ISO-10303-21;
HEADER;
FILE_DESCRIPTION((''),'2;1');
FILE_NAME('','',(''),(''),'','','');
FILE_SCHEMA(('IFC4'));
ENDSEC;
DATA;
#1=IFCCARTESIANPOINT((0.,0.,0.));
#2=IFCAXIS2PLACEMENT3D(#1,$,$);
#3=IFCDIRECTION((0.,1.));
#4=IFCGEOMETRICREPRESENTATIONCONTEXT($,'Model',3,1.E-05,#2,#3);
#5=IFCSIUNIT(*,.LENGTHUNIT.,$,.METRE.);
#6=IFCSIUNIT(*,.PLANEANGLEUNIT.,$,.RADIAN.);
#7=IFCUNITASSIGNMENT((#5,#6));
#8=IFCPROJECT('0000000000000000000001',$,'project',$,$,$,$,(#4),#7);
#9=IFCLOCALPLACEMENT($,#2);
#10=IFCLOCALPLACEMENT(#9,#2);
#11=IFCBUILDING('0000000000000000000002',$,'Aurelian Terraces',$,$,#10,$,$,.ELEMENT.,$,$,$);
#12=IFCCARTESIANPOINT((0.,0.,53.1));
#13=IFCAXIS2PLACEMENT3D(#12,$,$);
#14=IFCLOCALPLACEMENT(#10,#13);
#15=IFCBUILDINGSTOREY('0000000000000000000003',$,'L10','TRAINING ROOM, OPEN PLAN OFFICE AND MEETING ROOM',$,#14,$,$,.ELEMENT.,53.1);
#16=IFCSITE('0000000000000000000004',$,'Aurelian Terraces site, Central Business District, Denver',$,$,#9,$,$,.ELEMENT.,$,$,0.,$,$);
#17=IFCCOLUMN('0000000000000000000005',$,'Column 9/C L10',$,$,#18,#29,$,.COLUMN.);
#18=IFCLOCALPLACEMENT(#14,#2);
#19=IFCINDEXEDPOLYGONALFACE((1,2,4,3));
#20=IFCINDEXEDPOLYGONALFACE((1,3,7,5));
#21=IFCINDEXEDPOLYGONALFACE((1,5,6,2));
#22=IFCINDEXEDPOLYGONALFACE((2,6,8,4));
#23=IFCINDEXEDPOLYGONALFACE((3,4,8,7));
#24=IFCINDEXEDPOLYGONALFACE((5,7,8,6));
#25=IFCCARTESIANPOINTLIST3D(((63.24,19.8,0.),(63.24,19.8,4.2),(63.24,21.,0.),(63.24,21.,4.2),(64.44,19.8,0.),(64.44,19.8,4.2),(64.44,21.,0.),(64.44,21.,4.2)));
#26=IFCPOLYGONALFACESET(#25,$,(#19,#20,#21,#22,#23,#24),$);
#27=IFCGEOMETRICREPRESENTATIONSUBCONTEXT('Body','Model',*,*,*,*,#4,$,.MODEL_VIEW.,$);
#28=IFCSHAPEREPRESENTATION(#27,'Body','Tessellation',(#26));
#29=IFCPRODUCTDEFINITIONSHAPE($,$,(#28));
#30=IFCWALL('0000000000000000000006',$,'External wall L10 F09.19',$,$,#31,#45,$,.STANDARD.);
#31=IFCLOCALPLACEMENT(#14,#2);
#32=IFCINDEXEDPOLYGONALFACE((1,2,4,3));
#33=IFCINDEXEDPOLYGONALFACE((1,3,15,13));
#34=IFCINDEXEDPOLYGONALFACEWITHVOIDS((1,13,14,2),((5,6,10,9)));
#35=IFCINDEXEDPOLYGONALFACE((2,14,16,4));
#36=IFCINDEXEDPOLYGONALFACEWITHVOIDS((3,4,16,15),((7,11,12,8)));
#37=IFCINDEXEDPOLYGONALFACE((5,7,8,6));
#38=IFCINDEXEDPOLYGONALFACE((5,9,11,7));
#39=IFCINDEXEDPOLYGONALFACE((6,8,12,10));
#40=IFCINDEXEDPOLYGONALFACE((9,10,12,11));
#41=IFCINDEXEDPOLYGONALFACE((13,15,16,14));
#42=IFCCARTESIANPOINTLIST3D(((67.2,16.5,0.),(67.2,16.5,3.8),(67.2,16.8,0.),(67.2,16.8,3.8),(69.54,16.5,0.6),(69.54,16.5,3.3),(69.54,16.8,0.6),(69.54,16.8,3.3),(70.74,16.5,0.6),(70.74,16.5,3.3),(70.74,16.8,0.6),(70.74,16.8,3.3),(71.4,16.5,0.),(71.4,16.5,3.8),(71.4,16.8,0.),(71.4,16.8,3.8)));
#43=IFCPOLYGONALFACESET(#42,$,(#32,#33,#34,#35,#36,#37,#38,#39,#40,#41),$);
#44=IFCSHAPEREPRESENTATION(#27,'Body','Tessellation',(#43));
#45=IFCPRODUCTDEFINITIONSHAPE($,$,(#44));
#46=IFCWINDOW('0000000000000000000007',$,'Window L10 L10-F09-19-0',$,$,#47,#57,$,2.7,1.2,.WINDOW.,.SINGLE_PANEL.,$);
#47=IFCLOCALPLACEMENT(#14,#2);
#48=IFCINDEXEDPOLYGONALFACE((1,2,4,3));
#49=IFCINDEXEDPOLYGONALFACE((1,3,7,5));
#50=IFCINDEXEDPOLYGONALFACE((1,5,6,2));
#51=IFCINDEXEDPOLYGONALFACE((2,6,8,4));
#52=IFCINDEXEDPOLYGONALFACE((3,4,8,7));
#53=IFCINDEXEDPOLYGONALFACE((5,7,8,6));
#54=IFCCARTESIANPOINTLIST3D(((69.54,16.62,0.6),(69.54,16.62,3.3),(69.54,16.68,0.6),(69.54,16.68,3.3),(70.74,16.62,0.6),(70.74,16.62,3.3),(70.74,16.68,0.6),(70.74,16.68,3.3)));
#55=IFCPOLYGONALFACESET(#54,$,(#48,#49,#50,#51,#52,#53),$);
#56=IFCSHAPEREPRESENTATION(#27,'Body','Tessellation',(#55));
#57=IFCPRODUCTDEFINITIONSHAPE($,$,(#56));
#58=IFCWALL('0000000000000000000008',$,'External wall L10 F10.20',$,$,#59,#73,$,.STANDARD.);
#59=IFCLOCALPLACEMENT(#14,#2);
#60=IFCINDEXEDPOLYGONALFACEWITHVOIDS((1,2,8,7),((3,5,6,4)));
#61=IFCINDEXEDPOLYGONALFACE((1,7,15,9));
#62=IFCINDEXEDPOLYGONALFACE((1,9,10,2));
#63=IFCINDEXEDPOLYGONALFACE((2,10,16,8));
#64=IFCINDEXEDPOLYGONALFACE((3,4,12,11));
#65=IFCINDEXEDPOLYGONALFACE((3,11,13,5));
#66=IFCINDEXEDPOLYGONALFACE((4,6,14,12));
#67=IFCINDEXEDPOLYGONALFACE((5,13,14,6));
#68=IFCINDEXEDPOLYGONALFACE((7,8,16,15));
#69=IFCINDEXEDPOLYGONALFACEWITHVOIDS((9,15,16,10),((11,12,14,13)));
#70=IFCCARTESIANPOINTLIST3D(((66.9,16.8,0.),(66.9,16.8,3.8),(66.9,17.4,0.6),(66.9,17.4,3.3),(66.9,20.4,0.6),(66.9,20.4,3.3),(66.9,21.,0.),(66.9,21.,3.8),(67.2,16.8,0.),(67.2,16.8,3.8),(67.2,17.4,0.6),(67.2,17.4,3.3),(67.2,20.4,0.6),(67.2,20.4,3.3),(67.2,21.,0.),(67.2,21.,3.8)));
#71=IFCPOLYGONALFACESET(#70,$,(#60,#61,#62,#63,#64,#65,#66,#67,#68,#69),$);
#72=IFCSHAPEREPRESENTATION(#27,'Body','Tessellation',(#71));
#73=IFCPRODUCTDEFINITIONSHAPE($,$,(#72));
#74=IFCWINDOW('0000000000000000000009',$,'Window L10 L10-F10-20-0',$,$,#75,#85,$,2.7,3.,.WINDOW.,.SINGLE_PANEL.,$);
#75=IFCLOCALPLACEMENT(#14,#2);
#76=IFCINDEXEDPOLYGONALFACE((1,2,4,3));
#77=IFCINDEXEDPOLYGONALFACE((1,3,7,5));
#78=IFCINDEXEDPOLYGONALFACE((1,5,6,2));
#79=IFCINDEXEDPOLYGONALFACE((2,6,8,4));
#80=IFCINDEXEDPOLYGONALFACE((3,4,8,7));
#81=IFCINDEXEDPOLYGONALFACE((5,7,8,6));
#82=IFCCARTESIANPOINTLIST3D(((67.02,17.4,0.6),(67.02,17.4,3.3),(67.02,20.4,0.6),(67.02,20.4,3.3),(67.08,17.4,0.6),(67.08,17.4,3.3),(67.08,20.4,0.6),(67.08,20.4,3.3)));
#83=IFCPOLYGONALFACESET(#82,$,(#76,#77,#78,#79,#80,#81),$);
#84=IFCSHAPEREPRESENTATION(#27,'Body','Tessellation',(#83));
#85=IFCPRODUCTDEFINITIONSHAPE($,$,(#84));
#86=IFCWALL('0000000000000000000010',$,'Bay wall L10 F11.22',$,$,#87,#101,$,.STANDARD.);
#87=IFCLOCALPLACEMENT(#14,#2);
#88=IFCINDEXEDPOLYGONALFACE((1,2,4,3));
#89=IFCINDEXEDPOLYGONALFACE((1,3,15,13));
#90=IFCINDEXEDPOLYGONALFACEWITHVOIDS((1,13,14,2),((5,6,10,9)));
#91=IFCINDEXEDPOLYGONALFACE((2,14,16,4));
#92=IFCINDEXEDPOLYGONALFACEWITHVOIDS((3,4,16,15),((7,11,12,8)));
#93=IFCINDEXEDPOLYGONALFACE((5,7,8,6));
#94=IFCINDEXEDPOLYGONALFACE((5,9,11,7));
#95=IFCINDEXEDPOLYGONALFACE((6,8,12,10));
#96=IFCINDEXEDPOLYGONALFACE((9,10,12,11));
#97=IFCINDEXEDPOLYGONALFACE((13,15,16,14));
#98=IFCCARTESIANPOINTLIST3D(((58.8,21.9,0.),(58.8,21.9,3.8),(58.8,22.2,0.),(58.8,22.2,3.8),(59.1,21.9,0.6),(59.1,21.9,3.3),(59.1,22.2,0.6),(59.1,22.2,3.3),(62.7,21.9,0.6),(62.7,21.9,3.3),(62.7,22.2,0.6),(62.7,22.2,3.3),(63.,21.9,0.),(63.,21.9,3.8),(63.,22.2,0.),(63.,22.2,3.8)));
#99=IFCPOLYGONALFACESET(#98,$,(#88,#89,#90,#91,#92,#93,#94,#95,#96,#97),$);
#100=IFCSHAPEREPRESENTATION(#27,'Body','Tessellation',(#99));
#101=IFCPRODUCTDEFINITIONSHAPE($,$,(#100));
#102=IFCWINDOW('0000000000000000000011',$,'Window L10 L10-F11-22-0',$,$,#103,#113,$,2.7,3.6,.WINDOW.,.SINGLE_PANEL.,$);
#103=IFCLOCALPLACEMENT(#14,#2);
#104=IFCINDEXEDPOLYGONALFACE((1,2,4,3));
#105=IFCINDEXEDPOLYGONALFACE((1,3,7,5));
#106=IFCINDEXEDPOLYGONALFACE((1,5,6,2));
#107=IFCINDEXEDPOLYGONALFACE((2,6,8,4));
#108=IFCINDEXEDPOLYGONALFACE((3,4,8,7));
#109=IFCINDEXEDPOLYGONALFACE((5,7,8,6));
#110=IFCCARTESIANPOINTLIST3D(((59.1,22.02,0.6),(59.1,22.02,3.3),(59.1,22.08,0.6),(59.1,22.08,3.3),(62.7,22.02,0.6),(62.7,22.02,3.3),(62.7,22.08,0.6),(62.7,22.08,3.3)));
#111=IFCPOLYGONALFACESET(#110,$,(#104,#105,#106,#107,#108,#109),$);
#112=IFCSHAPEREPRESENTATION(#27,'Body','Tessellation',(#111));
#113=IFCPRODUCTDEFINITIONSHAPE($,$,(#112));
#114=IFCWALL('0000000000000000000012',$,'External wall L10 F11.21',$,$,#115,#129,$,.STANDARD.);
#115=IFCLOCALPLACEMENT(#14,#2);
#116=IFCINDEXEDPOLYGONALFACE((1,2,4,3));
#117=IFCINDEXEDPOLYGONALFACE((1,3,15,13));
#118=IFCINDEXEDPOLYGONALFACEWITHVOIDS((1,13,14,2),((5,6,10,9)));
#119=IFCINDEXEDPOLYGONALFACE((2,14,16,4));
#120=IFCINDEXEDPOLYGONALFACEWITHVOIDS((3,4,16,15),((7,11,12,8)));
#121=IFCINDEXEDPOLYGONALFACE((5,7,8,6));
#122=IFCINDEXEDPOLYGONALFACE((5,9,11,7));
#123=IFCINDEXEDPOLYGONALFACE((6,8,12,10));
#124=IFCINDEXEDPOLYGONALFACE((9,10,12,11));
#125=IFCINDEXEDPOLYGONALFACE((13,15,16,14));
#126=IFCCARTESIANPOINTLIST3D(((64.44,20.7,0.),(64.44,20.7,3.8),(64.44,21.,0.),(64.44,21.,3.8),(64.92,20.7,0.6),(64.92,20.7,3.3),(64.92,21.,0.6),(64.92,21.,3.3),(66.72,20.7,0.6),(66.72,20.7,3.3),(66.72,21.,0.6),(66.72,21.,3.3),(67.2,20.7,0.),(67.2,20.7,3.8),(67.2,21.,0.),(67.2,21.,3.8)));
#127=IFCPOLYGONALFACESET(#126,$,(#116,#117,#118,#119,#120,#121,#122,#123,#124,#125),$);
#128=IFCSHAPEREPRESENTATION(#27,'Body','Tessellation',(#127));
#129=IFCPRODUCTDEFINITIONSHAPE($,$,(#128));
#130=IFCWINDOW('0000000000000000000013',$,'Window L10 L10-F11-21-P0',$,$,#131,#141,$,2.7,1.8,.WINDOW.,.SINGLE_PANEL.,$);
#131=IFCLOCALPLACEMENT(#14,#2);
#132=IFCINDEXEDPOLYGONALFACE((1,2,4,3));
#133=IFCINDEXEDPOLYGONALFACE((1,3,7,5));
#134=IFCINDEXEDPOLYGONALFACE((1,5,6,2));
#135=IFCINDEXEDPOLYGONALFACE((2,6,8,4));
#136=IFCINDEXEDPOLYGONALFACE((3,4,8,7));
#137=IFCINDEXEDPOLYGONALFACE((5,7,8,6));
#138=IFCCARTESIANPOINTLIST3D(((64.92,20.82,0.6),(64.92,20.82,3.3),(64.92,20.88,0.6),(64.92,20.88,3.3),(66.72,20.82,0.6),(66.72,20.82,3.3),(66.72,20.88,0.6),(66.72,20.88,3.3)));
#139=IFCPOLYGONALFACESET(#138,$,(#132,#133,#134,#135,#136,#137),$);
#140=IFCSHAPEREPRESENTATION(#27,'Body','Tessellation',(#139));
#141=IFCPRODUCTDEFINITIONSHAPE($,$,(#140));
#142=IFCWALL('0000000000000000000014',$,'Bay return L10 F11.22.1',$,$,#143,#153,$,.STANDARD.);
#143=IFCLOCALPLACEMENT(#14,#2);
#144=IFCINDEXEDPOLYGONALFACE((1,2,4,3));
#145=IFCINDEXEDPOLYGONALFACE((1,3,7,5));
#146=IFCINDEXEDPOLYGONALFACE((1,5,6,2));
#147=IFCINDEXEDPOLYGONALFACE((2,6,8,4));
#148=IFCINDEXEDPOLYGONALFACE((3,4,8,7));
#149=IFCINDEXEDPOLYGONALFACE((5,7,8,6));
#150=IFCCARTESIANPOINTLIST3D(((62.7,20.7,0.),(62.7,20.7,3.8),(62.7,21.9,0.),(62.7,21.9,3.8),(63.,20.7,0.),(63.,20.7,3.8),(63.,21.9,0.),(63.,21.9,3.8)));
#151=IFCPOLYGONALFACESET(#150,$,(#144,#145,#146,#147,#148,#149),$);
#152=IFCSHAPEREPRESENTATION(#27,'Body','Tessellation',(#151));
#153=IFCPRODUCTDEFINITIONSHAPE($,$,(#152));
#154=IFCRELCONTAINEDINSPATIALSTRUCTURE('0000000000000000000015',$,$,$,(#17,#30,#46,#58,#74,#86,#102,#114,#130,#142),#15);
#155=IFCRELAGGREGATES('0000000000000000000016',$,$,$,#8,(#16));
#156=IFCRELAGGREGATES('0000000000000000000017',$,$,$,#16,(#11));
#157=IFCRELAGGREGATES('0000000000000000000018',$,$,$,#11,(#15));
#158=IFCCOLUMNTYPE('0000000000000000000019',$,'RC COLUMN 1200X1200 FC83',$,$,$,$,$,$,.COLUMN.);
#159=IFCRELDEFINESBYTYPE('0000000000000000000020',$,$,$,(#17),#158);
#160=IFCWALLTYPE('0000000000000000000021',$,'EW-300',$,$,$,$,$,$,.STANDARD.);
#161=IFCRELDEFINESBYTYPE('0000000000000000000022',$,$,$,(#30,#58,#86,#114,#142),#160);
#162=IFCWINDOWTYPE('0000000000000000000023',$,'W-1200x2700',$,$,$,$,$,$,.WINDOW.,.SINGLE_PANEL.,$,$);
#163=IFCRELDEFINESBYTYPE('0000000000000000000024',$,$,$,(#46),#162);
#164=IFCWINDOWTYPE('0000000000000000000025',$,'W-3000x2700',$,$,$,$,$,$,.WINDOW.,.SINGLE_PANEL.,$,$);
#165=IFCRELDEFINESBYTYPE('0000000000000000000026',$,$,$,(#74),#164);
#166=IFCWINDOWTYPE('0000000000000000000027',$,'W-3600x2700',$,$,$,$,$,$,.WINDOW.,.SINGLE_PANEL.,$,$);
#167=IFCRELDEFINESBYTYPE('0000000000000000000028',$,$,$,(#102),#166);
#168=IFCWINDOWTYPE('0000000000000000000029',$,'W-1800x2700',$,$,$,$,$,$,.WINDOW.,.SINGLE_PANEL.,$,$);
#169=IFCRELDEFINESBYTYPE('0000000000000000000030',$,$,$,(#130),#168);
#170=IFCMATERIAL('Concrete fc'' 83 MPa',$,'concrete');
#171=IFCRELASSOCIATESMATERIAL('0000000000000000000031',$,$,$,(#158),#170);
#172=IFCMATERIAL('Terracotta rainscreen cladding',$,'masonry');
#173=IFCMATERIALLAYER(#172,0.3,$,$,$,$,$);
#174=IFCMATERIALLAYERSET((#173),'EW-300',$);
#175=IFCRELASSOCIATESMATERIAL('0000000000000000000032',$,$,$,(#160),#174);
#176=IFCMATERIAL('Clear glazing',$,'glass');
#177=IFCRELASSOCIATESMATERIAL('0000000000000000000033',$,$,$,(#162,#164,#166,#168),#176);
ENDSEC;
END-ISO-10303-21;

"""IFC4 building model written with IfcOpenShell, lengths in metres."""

from ifc_helpers import new_model, si_unit, direction, frame, frame_2d, origin, origin_2d, place, context, subcontext, project, spatial, rectangle, extrude, source, transform, mapped, material, layer, layer_set, material_profile, profile_set, type_object, element, fill, save


model = new_model("IFC4")

# Units and contexts
model_context = context("Model", 3, precision=1e-05, world=origin(), true_north=direction((0.0, 1.0)))
body_context = subcontext(model_context, "Body", "Model", "MODEL_VIEW")
ifc_project = project(units=[si_unit("LENGTHUNIT", "METRE"), si_unit("PLANEANGLEUNIT", "RADIAN")], contexts=[model_context])

# Site, building, storey
site_placement = place(None, origin())
site = spatial("IfcSite", under=ifc_project, at=site_placement, Name="Aurelian Terraces site, Central Business District, Denver", CompositionType="ELEMENT", RefElevation=0.0)
building_placement = place(site_placement, origin())
building = spatial("IfcBuilding", under=site, at=building_placement, Name="Aurelian Terraces", CompositionType="ELEMENT")
storey_placement = place(building_placement, frame((0.0, 0.0, 53.1)))
storey = spatial("IfcBuildingStorey", under=building, at=storey_placement, Name="L10", Description="TRAINING ROOM, OPEN PLAN OFFICE AND MEETING ROOM", CompositionType="ELEMENT", Elevation=53.1)

# Column
ifc_material_1 = material(Name="Concrete fc' 83 MPa", Category="concrete")
ifc_material_profile = material_profile(ifc_material_1, rectangle(XDim=1.2, YDim=1.2, at=origin_2d()))
ifc_profile_set = profile_set([ifc_material_profile], Name="Concrete fc' 83 MPa")
column_type = type_object("IfcColumnType", Name="RC COLUMN 1200X1200 FC83", PredefinedType="COLUMN", material=ifc_profile_set)
shared_shape_1 = source(origin(), body_context, "Body", "SweptSolid", [
    extrude(rectangle(XDim=1.2, YDim=1.2, at=origin_2d()), origin(), (0.0, 0.0, 1.0), 4.2),
])
column_placement = place(storey_placement, frame((63.84, 20.4, 0.0), z_axis=(0.0, 0.0, 1.0), x_axis=(1.0, 0.0, 0.0)))
element("IfcColumn", 1, at=column_placement, inside=storey, type_object=column_type, Name="Column 9/C L10", PredefinedType="COLUMN", context=body_context, shape_type="MappedRepresentation", body=[
    mapped(shared_shape_1, transform((0.0, 0.0, 0.0), scale=1.0)),
])

# Walls, openings, windows
ifc_material_2 = material(Name="Terracotta rainscreen cladding", Category="masonry")
ifc_layer_1 = layer(ifc_material_2, 0.3)
ifc_layer_set_1 = layer_set([ifc_layer_1], Name="EW-300")
wall_type_1 = type_object("IfcWallType", Name="EW-300", PredefinedType="STANDARD", material=ifc_layer_set_1)
shared_shape_2 = source(origin(), body_context, "Body", "SweptSolid", [
    extrude(rectangle(XDim=4.2, YDim=0.3, at=frame_2d((2.1, 0.0))), origin(), (0.0, 0.0, 1.0), 3.8),
])
wall_1_placement = place(storey_placement, frame((71.4, 16.65, 0.0), z_axis=(0.0, 0.0, 1.0), x_axis=(-1.0, 0.0, 0.0)))
wall_1 = element("IfcWall", 2, at=wall_1_placement, inside=storey, type_object=wall_type_1, Name="External wall L10 F09.19", PredefinedType="STANDARD", context=body_context, shape_type="MappedRepresentation", body=[
    mapped(shared_shape_2, transform((0.0, 0.0, 0.0), scale=1.0)),
])
shared_shape_3 = source(origin(), body_context, "Body", "SweptSolid", [
    extrude(rectangle(XDim=1.2, YDim=2.7, at=frame_2d((0.6, 1.35))), frame((0.0, 0.16, 0.0), z_axis=(0.0, -1.0, 0.0), x_axis=(1.0, 0.0, 0.0)), (0.0, 0.0, 1.0), 0.32),
])
opening_1_placement = place(wall_1_placement, frame((0.66, 0.0, 0.6)))
opening_1 = element("IfcOpeningElement", 3, at=opening_1_placement, cuts=wall_1, PredefinedType="OPENING", context=body_context, shape_type="MappedRepresentation", body=[
    mapped(shared_shape_3, transform((0.0, 0.0, 0.0), scale=1.0)),
])
ifc_material_3 = material(Name="Clear glazing", Category="glass")
window_type_1 = type_object("IfcWindowType", Name="W-1200x2700", PartitioningType="SINGLE_PANEL", PredefinedType="WINDOW", material=ifc_material_3)
shared_shape_4 = source(origin(), body_context, "Body", "SweptSolid", [
    extrude(rectangle(XDim=1.2, YDim=2.7, at=frame_2d((0.6, 1.35))), frame((0.0, 0.03, 0.0), z_axis=(0.0, -1.0, 0.0), x_axis=(1.0, 0.0, 0.0)), (0.0, 0.0, 1.0), 0.06),
])
window_1_placement = place(opening_1_placement, origin())
window_1 = element("IfcWindow", 4, at=window_1_placement, inside=storey, type_object=window_type_1, Name="Window L10 L10-F09-19-0", OverallHeight=2.7, OverallWidth=1.2, PartitioningType="SINGLE_PANEL", PredefinedType="WINDOW", context=body_context, shape_type="MappedRepresentation", body=[
    mapped(shared_shape_4, transform((0.0, 0.0, 0.0), scale=1.0)),
])
fill(opening_1, window_1)
wall_2_placement = place(storey_placement, frame((67.05, 16.8, 0.0), z_axis=(0.0, 0.0, 1.0), x_axis=(0.0, 1.0, 0.0)))
wall_2 = element("IfcWall", 5, at=wall_2_placement, inside=storey, type_object=wall_type_1, Name="External wall L10 F10.20", PredefinedType="STANDARD", context=body_context, shape_type="MappedRepresentation", body=[
    mapped(shared_shape_2, transform((0.0, 0.0, 0.0), scale=1.0)),
])
shared_shape_5 = source(origin(), body_context, "Body", "SweptSolid", [
    extrude(rectangle(XDim=3.0, YDim=2.7, at=frame_2d((1.5, 1.35))), frame((0.0, 0.16, 0.0), z_axis=(0.0, -1.0, 0.0), x_axis=(1.0, 0.0, 0.0)), (0.0, 0.0, 1.0), 0.32),
])
opening_2_placement = place(wall_2_placement, frame((0.6, 0.0, 0.6)))
opening_2 = element("IfcOpeningElement", 6, at=opening_2_placement, cuts=wall_2, PredefinedType="OPENING", context=body_context, shape_type="MappedRepresentation", body=[
    mapped(shared_shape_5, transform((0.0, 0.0, 0.0), scale=1.0)),
])
window_type_2 = type_object("IfcWindowType", Name="W-3000x2700", PartitioningType="SINGLE_PANEL", PredefinedType="WINDOW", material=ifc_material_3)
shared_shape_6 = source(origin(), body_context, "Body", "SweptSolid", [
    extrude(rectangle(XDim=3.0, YDim=2.7, at=frame_2d((1.5, 1.35))), frame((0.0, 0.03, 0.0), z_axis=(0.0, -1.0, 0.0), x_axis=(1.0, 0.0, 0.0)), (0.0, 0.0, 1.0), 0.06),
])
window_2_placement = place(opening_2_placement, origin())
window_2 = element("IfcWindow", 7, at=window_2_placement, inside=storey, type_object=window_type_2, Name="Window L10 L10-F10-20-0", OverallHeight=2.7, OverallWidth=3.0, PartitioningType="SINGLE_PANEL", PredefinedType="WINDOW", context=body_context, shape_type="MappedRepresentation", body=[
    mapped(shared_shape_6, transform((0.0, 0.0, 0.0), scale=1.0)),
])
fill(opening_2, window_2)
wall_3_placement = place(storey_placement, frame((63.0, 22.05, 0.0), z_axis=(0.0, 0.0, 1.0), x_axis=(-1.0, 0.0, 0.0)))
wall_3 = element("IfcWall", 8, at=wall_3_placement, inside=storey, type_object=wall_type_1, Name="Bay wall L10 F11.22", PredefinedType="STANDARD", context=body_context, shape_type="MappedRepresentation", body=[
    mapped(shared_shape_2, transform((0.0, 0.0, 0.0), scale=1.0)),
])
shared_shape_7 = source(origin(), body_context, "Body", "SweptSolid", [
    extrude(rectangle(XDim=3.6, YDim=2.7, at=frame_2d((1.8, 1.35))), frame((0.0, 0.16, 0.0), z_axis=(0.0, -1.0, 0.0), x_axis=(1.0, 0.0, 0.0)), (0.0, 0.0, 1.0), 0.32),
])
opening_3_placement = place(wall_3_placement, frame((0.3, 0.0, 0.6)))
opening_3 = element("IfcOpeningElement", 9, at=opening_3_placement, cuts=wall_3, PredefinedType="OPENING", context=body_context, shape_type="MappedRepresentation", body=[
    mapped(shared_shape_7, transform((0.0, 0.0, 0.0), scale=1.0)),
])
window_type_3 = type_object("IfcWindowType", Name="W-3600x2700", PartitioningType="SINGLE_PANEL", PredefinedType="WINDOW", material=ifc_material_3)
shared_shape_8 = source(origin(), body_context, "Body", "SweptSolid", [
    extrude(rectangle(XDim=3.6, YDim=2.7, at=frame_2d((1.8, 1.35))), frame((0.0, 0.03, 0.0), z_axis=(0.0, -1.0, 0.0), x_axis=(1.0, 0.0, 0.0)), (0.0, 0.0, 1.0), 0.06),
])
window_3_placement = place(opening_3_placement, origin())
window_3 = element("IfcWindow", 10, at=window_3_placement, inside=storey, type_object=window_type_3, Name="Window L10 L10-F11-22-0", OverallHeight=2.7, OverallWidth=3.6, PartitioningType="SINGLE_PANEL", PredefinedType="WINDOW", context=body_context, shape_type="MappedRepresentation", body=[
    mapped(shared_shape_8, transform((0.0, 0.0, 0.0), scale=1.0)),
])
fill(opening_3, window_3)
shared_shape_9 = source(origin(), body_context, "Body", "SweptSolid", [
    extrude(rectangle(XDim=2.76, YDim=0.3, at=frame_2d((1.38, 0.0))), origin(), (0.0, 0.0, 1.0), 3.8),
])
wall_4_placement = place(storey_placement, frame((67.2, 20.85, 0.0), z_axis=(0.0, 0.0, 1.0), x_axis=(-1.0, 0.0, 0.0)))
wall_4 = element("IfcWall", 11, at=wall_4_placement, inside=storey, type_object=wall_type_1, Name="External wall L10 F11.21", PredefinedType="STANDARD", context=body_context, shape_type="MappedRepresentation", body=[
    mapped(shared_shape_9, transform((0.0, 0.0, 0.0), scale=1.0)),
])
shared_shape_10 = source(origin(), body_context, "Body", "SweptSolid", [
    extrude(rectangle(XDim=1.8, YDim=2.7, at=frame_2d((0.9, 1.35))), frame((0.0, 0.16, 0.0), z_axis=(0.0, -1.0, 0.0), x_axis=(1.0, 0.0, 0.0)), (0.0, 0.0, 1.0), 0.32),
])
opening_4_placement = place(wall_4_placement, frame((0.48, 0.0, 0.6)))
opening_4 = element("IfcOpeningElement", 12, at=opening_4_placement, cuts=wall_4, PredefinedType="OPENING", context=body_context, shape_type="MappedRepresentation", body=[
    mapped(shared_shape_10, transform((0.0, 0.0, 0.0), scale=1.0)),
])
window_type_4 = type_object("IfcWindowType", Name="W-1800x2700", PartitioningType="SINGLE_PANEL", PredefinedType="WINDOW", material=ifc_material_3)
shared_shape_11 = source(origin(), body_context, "Body", "SweptSolid", [
    extrude(rectangle(XDim=1.8, YDim=2.7, at=frame_2d((0.9, 1.35))), frame((0.0, 0.03, 0.0), z_axis=(0.0, -1.0, 0.0), x_axis=(1.0, 0.0, 0.0)), (0.0, 0.0, 1.0), 0.06),
])
window_4_placement = place(opening_4_placement, origin())
window_4 = element("IfcWindow", 13, at=window_4_placement, inside=storey, type_object=window_type_4, Name="Window L10 L10-F11-21-P0", OverallHeight=2.7, OverallWidth=1.8, PartitioningType="SINGLE_PANEL", PredefinedType="WINDOW", context=body_context, shape_type="MappedRepresentation", body=[
    mapped(shared_shape_11, transform((0.0, 0.0, 0.0), scale=1.0)),
])
fill(opening_4, window_4)

# Wall
shared_shape_12 = source(origin(), body_context, "Body", "SweptSolid", [
    extrude(rectangle(XDim=1.2, YDim=0.3, at=frame_2d((0.6, 0.0))), origin(), (0.0, 0.0, 1.0), 3.8),
])
wall_5_placement = place(storey_placement, frame((62.85, 20.7, 0.0), z_axis=(0.0, 0.0, 1.0), x_axis=(0.0, 1.0, 0.0)))
element("IfcWall", 14, at=wall_5_placement, inside=storey, type_object=wall_type_1, Name="Bay return L10 F11.22.1", PredefinedType="STANDARD", context=body_context, shape_type="MappedRepresentation", body=[
    mapped(shared_shape_12, transform((0.0, 0.0, 0.0), scale=1.0)),
])

save(model, "model.ifc")
